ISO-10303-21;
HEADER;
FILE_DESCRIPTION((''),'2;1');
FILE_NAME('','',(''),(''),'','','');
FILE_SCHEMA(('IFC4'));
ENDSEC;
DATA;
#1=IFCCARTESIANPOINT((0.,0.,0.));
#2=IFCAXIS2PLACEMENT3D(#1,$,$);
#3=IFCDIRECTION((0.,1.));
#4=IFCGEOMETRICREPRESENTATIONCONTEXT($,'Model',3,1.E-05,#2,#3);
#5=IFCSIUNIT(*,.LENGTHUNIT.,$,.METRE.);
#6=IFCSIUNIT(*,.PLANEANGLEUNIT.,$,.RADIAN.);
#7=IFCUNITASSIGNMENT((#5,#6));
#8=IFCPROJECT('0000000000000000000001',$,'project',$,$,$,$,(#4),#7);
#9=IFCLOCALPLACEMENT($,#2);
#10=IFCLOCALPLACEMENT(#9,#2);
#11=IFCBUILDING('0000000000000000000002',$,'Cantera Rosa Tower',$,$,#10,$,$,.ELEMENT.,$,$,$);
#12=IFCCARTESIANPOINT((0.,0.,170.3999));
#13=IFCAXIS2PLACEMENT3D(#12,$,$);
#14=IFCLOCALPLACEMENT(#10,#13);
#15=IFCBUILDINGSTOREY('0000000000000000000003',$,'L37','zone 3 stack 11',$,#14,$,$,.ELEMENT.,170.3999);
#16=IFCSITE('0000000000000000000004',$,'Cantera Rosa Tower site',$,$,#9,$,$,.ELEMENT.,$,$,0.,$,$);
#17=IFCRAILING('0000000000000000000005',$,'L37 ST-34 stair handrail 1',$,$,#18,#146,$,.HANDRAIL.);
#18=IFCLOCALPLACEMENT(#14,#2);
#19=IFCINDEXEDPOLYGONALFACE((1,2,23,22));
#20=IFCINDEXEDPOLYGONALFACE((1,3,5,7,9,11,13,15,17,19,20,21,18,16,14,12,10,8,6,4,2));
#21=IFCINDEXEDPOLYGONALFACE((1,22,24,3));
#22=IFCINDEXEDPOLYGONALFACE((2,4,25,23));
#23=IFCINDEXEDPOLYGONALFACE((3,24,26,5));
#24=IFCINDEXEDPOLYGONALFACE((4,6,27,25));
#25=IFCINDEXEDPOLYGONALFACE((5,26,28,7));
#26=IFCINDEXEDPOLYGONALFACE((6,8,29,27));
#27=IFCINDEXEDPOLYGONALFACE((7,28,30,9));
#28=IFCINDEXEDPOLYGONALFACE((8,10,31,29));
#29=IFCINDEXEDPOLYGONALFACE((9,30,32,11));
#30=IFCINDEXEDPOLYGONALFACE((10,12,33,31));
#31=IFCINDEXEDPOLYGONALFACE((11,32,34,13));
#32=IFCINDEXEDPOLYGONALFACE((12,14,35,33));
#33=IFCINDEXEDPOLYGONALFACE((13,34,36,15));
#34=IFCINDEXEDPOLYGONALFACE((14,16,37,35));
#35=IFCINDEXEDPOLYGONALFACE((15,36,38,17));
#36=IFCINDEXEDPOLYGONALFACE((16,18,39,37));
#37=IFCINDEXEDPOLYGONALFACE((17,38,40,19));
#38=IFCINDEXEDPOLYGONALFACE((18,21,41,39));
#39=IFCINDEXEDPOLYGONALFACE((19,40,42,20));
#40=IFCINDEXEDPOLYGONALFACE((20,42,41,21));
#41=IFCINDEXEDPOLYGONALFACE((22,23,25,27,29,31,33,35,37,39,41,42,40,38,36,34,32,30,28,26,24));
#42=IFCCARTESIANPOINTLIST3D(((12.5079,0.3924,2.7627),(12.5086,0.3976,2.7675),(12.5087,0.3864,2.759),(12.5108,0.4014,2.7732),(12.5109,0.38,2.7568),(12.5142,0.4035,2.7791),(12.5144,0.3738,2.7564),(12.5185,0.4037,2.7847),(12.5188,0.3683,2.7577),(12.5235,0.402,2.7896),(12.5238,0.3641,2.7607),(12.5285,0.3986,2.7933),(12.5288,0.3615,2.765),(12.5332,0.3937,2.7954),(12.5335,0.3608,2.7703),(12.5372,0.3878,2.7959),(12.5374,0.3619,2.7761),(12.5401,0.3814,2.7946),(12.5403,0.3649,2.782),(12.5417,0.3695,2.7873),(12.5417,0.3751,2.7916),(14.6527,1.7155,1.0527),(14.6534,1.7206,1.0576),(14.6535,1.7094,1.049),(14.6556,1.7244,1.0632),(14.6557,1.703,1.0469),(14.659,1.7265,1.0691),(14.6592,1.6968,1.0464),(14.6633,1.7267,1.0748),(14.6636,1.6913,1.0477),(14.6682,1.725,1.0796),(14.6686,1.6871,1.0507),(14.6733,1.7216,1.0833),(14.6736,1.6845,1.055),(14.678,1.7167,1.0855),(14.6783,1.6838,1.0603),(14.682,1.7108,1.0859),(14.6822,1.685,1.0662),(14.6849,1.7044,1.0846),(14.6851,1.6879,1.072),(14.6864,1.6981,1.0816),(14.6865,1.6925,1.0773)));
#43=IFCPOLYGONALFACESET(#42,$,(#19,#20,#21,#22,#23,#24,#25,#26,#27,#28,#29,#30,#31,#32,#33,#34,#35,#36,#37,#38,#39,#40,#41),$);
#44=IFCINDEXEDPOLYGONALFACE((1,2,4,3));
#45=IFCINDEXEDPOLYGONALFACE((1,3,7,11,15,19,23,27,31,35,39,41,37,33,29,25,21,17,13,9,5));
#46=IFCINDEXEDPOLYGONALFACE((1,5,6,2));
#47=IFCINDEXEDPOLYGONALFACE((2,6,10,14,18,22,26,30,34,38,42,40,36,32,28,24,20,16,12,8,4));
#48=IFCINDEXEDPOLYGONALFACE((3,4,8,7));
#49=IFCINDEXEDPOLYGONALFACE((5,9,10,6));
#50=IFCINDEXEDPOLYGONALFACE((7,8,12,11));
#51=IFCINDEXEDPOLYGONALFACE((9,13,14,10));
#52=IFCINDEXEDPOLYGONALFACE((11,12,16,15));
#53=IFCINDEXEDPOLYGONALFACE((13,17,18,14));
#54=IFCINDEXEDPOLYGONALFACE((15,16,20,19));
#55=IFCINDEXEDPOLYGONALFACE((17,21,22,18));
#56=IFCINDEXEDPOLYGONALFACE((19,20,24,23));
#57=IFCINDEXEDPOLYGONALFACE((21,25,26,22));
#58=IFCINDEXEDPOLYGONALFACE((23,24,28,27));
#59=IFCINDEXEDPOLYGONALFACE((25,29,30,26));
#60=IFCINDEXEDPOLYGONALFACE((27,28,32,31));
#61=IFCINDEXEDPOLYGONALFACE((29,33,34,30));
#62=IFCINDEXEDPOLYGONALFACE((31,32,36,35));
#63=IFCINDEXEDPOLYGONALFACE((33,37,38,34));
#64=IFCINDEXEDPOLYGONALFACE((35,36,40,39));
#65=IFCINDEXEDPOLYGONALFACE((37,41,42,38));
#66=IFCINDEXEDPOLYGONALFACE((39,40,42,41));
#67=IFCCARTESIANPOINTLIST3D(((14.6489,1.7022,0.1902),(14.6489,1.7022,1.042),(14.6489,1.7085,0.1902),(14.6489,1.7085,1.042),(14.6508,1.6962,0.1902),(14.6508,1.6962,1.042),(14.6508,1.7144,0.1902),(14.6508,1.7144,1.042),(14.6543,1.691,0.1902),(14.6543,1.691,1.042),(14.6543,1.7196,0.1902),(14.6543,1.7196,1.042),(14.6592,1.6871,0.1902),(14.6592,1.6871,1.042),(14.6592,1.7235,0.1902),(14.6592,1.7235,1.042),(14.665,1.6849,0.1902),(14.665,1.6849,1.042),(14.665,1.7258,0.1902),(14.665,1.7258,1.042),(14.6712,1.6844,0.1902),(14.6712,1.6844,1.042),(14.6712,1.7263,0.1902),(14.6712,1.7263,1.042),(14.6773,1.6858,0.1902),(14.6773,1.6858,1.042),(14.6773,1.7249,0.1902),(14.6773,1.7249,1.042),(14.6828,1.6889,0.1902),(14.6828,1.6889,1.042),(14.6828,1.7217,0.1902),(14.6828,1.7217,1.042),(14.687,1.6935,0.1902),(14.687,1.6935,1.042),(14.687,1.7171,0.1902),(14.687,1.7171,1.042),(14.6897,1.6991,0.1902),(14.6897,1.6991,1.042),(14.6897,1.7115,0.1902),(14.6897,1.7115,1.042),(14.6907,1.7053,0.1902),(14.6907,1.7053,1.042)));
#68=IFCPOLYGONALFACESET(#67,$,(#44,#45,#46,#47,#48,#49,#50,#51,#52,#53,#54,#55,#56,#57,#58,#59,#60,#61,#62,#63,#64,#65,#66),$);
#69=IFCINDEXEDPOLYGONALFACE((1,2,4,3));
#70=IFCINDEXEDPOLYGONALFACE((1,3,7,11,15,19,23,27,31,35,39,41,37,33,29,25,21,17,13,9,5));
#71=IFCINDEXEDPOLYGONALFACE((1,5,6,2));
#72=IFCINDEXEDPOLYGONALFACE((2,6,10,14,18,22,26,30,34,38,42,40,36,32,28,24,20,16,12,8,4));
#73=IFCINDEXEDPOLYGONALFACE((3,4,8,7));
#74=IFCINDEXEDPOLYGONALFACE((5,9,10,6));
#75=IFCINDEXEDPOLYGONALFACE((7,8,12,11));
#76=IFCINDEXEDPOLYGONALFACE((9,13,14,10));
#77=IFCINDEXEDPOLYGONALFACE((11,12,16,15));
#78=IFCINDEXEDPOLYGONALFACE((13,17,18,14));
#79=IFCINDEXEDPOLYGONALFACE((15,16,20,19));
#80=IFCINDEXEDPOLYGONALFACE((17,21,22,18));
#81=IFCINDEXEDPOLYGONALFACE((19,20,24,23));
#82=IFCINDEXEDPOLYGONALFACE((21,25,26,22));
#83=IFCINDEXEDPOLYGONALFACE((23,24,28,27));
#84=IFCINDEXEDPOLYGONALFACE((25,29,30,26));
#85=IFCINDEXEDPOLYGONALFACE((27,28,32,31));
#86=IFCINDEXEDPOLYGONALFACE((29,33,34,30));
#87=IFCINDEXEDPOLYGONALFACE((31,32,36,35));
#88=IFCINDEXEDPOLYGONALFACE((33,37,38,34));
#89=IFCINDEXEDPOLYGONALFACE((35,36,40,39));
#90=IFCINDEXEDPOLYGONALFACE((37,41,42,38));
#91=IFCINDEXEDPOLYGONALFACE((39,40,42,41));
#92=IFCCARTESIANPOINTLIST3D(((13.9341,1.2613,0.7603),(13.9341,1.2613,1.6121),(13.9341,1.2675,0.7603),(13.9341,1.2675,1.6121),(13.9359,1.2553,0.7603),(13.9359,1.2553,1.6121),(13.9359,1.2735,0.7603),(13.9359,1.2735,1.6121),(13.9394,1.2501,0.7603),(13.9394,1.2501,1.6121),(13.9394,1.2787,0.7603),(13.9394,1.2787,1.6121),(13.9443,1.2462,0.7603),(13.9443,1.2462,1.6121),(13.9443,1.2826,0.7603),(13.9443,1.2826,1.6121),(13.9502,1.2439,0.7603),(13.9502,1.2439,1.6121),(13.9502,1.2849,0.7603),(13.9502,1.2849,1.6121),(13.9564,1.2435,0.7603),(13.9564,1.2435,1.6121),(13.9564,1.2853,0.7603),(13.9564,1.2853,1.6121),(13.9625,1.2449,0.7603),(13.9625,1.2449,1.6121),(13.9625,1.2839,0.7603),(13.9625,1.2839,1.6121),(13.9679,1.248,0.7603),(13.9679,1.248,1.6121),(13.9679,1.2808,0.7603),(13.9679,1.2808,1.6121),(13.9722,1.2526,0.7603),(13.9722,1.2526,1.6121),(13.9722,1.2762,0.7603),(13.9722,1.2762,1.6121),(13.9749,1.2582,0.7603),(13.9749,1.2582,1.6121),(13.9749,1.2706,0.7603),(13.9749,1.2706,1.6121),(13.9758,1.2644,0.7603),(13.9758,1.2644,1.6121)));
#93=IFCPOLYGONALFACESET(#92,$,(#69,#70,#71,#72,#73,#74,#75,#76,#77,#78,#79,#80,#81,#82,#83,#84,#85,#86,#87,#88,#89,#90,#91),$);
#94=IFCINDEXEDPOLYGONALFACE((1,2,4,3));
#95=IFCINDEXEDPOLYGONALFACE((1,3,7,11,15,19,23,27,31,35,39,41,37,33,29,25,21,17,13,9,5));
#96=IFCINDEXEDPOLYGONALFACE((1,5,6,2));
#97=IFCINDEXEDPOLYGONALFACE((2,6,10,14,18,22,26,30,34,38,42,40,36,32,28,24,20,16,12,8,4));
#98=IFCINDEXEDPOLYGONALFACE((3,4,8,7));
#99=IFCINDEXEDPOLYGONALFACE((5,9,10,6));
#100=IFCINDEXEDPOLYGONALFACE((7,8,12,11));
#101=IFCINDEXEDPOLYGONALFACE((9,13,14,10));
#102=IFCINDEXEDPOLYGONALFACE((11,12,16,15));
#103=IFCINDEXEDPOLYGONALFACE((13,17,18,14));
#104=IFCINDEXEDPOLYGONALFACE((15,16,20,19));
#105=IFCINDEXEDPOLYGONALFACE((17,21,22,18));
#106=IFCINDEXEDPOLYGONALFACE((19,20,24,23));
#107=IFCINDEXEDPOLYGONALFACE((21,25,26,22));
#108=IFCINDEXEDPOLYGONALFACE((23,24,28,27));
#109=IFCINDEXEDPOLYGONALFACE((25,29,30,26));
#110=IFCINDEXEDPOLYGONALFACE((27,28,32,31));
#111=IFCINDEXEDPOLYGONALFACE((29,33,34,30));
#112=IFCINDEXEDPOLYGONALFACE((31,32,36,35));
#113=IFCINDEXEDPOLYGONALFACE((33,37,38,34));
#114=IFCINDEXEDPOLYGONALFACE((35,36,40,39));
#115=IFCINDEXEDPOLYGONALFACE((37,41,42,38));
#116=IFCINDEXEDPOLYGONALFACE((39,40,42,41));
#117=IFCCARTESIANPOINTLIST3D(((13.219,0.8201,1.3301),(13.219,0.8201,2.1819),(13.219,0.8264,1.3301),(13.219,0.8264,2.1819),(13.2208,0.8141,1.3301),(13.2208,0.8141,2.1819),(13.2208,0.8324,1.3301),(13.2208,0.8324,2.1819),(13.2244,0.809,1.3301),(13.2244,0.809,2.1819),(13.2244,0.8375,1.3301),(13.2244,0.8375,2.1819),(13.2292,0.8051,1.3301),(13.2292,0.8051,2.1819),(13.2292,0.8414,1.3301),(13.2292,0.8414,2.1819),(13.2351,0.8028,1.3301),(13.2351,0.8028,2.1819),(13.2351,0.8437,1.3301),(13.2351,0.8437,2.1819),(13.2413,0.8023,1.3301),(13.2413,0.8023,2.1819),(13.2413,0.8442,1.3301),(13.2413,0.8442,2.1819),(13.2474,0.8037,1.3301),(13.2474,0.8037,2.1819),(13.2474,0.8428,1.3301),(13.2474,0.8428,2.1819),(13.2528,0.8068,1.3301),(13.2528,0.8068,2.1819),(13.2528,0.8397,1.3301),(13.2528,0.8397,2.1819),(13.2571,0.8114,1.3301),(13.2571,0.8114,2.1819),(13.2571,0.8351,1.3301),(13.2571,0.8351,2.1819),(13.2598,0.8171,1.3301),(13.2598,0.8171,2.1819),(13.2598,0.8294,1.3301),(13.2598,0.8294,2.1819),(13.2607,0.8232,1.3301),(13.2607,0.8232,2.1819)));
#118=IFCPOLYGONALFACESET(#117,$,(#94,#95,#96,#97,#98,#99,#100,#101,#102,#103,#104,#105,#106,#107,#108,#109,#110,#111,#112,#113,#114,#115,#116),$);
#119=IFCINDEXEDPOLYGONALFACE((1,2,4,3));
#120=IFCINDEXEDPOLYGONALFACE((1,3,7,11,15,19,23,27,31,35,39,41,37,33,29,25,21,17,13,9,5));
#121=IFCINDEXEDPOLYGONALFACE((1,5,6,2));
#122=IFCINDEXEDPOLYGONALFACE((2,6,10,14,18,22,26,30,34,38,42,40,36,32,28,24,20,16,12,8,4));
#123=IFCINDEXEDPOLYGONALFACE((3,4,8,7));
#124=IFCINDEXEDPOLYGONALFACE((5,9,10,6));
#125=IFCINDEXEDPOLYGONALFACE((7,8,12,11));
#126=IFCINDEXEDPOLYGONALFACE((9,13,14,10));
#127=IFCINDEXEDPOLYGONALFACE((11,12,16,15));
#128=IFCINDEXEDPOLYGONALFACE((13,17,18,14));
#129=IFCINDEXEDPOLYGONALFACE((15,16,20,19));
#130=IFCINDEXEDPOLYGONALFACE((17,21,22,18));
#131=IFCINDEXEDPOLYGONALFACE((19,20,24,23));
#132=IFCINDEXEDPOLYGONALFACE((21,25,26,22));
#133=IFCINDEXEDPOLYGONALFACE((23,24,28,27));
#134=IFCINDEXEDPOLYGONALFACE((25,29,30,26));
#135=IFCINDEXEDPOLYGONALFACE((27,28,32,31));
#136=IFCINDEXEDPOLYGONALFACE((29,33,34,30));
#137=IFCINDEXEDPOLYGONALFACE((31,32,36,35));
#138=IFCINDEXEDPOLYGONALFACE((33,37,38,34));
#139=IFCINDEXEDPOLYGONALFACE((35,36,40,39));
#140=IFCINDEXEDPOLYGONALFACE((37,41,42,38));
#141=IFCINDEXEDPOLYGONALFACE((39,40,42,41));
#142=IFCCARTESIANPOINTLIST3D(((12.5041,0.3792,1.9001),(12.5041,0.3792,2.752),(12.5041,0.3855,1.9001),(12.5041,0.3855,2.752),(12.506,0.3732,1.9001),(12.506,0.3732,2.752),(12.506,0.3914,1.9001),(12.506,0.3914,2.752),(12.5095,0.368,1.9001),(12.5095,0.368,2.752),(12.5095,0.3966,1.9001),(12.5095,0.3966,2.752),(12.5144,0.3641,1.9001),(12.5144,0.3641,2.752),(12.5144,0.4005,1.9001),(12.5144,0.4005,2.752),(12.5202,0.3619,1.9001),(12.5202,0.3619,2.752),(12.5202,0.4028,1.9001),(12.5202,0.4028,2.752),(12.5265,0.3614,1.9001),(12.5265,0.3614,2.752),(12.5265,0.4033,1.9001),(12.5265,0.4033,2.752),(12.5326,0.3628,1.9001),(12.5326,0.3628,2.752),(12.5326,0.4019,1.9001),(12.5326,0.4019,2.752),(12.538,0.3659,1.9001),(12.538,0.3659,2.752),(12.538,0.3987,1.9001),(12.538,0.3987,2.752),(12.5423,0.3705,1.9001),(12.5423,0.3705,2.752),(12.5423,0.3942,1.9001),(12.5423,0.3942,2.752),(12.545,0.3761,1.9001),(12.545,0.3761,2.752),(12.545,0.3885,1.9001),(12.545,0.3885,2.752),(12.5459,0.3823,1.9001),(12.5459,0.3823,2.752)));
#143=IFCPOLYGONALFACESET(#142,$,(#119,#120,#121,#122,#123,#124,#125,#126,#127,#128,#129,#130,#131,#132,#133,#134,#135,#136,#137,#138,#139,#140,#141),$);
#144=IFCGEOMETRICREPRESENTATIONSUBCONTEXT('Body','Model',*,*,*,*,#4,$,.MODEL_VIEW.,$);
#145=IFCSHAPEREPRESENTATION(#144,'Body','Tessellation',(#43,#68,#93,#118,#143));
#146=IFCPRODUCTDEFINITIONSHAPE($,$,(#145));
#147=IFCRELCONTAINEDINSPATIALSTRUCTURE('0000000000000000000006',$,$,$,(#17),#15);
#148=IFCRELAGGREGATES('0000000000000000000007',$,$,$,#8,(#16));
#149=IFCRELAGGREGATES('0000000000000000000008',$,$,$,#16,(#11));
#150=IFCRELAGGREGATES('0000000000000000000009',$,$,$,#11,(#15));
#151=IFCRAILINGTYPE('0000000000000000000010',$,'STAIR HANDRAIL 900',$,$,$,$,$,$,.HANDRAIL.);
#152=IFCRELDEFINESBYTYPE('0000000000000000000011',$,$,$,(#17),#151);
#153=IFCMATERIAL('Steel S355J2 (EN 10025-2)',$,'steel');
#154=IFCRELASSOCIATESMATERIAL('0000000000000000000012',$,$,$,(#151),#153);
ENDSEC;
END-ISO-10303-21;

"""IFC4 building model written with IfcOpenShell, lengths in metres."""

from ifc_helpers import new_model, si_unit, direction, frame, origin, origin_2d, place, context, subcontext, project, spatial, circle, extrude, material, type_object, element, save


model = new_model("IFC4")

# Units and contexts
model_context = context("Model", 3, precision=1e-05, world=origin(), true_north=direction((0.0, 1.0)))
body_context = subcontext(model_context, "Body", "Model", "MODEL_VIEW")
ifc_project = project(units=[si_unit("LENGTHUNIT", "METRE"), si_unit("PLANEANGLEUNIT", "RADIAN")], contexts=[model_context])

# Site, building, storey
site_placement = place(None, origin())
site = spatial("IfcSite", under=ifc_project, at=site_placement, Name="Cantera Rosa Tower site", CompositionType="ELEMENT", RefElevation=0.0)
building_placement = place(site_placement, origin())
building = spatial("IfcBuilding", under=site, at=building_placement, Name="Cantera Rosa Tower", CompositionType="ELEMENT")
storey_placement = place(building_placement, frame((0.0, 0.0, 170.3999)))
storey = spatial("IfcBuildingStorey", under=building, at=storey_placement, Name="L37", Description="zone 3 stack 11", CompositionType="ELEMENT", Elevation=170.3999)

# Railing
ifc_material_1 = material(Name="Steel S355J2 (EN 10025-2)", Category="steel")
railing_type_1 = type_object("IfcRailingType", Name="STAIR HANDRAIL 900", PredefinedType="HANDRAIL", material=ifc_material_1)
railing_1_placement = place(storey_placement, frame((14.6697, 1.7053, 0.1902)))
element("IfcRailing", 1, at=railing_1_placement, inside=storey, type_object=railing_type_1, Name="L37 ST-34 stair handrail 1", PredefinedType="HANDRAIL", context=body_context, shape_type="SweptSolid", body=[
    extrude(circle(Radius=0.0239, at=origin_2d()), frame((0.0, 0.0, 0.876), z_axis=(-0.704271, -0.434428, 0.561493), x_axis=(0.525, -0.851102, 0.0)), (0.0, 0.0, 1.0), 3.0454),
    extrude(circle(Radius=0.021, at=origin_2d()), origin(), (0.0, 0.0, 1.0), 0.8518),
    extrude(circle(Radius=0.021, at=origin_2d()), frame((-0.7148, -0.4409, 0.5701)), (0.0, 0.0, 1.0), 0.8518),
    extrude(circle(Radius=0.021, at=origin_2d()), frame((-1.4299, -0.8821, 1.1399)), (0.0, 0.0, 1.0), 0.8518),
    extrude(circle(Radius=0.021, at=origin_2d()), frame((-2.1448, -1.323, 1.71)), (0.0, 0.0, 1.0), 0.8518),
])

save(model, "model.ifc")
